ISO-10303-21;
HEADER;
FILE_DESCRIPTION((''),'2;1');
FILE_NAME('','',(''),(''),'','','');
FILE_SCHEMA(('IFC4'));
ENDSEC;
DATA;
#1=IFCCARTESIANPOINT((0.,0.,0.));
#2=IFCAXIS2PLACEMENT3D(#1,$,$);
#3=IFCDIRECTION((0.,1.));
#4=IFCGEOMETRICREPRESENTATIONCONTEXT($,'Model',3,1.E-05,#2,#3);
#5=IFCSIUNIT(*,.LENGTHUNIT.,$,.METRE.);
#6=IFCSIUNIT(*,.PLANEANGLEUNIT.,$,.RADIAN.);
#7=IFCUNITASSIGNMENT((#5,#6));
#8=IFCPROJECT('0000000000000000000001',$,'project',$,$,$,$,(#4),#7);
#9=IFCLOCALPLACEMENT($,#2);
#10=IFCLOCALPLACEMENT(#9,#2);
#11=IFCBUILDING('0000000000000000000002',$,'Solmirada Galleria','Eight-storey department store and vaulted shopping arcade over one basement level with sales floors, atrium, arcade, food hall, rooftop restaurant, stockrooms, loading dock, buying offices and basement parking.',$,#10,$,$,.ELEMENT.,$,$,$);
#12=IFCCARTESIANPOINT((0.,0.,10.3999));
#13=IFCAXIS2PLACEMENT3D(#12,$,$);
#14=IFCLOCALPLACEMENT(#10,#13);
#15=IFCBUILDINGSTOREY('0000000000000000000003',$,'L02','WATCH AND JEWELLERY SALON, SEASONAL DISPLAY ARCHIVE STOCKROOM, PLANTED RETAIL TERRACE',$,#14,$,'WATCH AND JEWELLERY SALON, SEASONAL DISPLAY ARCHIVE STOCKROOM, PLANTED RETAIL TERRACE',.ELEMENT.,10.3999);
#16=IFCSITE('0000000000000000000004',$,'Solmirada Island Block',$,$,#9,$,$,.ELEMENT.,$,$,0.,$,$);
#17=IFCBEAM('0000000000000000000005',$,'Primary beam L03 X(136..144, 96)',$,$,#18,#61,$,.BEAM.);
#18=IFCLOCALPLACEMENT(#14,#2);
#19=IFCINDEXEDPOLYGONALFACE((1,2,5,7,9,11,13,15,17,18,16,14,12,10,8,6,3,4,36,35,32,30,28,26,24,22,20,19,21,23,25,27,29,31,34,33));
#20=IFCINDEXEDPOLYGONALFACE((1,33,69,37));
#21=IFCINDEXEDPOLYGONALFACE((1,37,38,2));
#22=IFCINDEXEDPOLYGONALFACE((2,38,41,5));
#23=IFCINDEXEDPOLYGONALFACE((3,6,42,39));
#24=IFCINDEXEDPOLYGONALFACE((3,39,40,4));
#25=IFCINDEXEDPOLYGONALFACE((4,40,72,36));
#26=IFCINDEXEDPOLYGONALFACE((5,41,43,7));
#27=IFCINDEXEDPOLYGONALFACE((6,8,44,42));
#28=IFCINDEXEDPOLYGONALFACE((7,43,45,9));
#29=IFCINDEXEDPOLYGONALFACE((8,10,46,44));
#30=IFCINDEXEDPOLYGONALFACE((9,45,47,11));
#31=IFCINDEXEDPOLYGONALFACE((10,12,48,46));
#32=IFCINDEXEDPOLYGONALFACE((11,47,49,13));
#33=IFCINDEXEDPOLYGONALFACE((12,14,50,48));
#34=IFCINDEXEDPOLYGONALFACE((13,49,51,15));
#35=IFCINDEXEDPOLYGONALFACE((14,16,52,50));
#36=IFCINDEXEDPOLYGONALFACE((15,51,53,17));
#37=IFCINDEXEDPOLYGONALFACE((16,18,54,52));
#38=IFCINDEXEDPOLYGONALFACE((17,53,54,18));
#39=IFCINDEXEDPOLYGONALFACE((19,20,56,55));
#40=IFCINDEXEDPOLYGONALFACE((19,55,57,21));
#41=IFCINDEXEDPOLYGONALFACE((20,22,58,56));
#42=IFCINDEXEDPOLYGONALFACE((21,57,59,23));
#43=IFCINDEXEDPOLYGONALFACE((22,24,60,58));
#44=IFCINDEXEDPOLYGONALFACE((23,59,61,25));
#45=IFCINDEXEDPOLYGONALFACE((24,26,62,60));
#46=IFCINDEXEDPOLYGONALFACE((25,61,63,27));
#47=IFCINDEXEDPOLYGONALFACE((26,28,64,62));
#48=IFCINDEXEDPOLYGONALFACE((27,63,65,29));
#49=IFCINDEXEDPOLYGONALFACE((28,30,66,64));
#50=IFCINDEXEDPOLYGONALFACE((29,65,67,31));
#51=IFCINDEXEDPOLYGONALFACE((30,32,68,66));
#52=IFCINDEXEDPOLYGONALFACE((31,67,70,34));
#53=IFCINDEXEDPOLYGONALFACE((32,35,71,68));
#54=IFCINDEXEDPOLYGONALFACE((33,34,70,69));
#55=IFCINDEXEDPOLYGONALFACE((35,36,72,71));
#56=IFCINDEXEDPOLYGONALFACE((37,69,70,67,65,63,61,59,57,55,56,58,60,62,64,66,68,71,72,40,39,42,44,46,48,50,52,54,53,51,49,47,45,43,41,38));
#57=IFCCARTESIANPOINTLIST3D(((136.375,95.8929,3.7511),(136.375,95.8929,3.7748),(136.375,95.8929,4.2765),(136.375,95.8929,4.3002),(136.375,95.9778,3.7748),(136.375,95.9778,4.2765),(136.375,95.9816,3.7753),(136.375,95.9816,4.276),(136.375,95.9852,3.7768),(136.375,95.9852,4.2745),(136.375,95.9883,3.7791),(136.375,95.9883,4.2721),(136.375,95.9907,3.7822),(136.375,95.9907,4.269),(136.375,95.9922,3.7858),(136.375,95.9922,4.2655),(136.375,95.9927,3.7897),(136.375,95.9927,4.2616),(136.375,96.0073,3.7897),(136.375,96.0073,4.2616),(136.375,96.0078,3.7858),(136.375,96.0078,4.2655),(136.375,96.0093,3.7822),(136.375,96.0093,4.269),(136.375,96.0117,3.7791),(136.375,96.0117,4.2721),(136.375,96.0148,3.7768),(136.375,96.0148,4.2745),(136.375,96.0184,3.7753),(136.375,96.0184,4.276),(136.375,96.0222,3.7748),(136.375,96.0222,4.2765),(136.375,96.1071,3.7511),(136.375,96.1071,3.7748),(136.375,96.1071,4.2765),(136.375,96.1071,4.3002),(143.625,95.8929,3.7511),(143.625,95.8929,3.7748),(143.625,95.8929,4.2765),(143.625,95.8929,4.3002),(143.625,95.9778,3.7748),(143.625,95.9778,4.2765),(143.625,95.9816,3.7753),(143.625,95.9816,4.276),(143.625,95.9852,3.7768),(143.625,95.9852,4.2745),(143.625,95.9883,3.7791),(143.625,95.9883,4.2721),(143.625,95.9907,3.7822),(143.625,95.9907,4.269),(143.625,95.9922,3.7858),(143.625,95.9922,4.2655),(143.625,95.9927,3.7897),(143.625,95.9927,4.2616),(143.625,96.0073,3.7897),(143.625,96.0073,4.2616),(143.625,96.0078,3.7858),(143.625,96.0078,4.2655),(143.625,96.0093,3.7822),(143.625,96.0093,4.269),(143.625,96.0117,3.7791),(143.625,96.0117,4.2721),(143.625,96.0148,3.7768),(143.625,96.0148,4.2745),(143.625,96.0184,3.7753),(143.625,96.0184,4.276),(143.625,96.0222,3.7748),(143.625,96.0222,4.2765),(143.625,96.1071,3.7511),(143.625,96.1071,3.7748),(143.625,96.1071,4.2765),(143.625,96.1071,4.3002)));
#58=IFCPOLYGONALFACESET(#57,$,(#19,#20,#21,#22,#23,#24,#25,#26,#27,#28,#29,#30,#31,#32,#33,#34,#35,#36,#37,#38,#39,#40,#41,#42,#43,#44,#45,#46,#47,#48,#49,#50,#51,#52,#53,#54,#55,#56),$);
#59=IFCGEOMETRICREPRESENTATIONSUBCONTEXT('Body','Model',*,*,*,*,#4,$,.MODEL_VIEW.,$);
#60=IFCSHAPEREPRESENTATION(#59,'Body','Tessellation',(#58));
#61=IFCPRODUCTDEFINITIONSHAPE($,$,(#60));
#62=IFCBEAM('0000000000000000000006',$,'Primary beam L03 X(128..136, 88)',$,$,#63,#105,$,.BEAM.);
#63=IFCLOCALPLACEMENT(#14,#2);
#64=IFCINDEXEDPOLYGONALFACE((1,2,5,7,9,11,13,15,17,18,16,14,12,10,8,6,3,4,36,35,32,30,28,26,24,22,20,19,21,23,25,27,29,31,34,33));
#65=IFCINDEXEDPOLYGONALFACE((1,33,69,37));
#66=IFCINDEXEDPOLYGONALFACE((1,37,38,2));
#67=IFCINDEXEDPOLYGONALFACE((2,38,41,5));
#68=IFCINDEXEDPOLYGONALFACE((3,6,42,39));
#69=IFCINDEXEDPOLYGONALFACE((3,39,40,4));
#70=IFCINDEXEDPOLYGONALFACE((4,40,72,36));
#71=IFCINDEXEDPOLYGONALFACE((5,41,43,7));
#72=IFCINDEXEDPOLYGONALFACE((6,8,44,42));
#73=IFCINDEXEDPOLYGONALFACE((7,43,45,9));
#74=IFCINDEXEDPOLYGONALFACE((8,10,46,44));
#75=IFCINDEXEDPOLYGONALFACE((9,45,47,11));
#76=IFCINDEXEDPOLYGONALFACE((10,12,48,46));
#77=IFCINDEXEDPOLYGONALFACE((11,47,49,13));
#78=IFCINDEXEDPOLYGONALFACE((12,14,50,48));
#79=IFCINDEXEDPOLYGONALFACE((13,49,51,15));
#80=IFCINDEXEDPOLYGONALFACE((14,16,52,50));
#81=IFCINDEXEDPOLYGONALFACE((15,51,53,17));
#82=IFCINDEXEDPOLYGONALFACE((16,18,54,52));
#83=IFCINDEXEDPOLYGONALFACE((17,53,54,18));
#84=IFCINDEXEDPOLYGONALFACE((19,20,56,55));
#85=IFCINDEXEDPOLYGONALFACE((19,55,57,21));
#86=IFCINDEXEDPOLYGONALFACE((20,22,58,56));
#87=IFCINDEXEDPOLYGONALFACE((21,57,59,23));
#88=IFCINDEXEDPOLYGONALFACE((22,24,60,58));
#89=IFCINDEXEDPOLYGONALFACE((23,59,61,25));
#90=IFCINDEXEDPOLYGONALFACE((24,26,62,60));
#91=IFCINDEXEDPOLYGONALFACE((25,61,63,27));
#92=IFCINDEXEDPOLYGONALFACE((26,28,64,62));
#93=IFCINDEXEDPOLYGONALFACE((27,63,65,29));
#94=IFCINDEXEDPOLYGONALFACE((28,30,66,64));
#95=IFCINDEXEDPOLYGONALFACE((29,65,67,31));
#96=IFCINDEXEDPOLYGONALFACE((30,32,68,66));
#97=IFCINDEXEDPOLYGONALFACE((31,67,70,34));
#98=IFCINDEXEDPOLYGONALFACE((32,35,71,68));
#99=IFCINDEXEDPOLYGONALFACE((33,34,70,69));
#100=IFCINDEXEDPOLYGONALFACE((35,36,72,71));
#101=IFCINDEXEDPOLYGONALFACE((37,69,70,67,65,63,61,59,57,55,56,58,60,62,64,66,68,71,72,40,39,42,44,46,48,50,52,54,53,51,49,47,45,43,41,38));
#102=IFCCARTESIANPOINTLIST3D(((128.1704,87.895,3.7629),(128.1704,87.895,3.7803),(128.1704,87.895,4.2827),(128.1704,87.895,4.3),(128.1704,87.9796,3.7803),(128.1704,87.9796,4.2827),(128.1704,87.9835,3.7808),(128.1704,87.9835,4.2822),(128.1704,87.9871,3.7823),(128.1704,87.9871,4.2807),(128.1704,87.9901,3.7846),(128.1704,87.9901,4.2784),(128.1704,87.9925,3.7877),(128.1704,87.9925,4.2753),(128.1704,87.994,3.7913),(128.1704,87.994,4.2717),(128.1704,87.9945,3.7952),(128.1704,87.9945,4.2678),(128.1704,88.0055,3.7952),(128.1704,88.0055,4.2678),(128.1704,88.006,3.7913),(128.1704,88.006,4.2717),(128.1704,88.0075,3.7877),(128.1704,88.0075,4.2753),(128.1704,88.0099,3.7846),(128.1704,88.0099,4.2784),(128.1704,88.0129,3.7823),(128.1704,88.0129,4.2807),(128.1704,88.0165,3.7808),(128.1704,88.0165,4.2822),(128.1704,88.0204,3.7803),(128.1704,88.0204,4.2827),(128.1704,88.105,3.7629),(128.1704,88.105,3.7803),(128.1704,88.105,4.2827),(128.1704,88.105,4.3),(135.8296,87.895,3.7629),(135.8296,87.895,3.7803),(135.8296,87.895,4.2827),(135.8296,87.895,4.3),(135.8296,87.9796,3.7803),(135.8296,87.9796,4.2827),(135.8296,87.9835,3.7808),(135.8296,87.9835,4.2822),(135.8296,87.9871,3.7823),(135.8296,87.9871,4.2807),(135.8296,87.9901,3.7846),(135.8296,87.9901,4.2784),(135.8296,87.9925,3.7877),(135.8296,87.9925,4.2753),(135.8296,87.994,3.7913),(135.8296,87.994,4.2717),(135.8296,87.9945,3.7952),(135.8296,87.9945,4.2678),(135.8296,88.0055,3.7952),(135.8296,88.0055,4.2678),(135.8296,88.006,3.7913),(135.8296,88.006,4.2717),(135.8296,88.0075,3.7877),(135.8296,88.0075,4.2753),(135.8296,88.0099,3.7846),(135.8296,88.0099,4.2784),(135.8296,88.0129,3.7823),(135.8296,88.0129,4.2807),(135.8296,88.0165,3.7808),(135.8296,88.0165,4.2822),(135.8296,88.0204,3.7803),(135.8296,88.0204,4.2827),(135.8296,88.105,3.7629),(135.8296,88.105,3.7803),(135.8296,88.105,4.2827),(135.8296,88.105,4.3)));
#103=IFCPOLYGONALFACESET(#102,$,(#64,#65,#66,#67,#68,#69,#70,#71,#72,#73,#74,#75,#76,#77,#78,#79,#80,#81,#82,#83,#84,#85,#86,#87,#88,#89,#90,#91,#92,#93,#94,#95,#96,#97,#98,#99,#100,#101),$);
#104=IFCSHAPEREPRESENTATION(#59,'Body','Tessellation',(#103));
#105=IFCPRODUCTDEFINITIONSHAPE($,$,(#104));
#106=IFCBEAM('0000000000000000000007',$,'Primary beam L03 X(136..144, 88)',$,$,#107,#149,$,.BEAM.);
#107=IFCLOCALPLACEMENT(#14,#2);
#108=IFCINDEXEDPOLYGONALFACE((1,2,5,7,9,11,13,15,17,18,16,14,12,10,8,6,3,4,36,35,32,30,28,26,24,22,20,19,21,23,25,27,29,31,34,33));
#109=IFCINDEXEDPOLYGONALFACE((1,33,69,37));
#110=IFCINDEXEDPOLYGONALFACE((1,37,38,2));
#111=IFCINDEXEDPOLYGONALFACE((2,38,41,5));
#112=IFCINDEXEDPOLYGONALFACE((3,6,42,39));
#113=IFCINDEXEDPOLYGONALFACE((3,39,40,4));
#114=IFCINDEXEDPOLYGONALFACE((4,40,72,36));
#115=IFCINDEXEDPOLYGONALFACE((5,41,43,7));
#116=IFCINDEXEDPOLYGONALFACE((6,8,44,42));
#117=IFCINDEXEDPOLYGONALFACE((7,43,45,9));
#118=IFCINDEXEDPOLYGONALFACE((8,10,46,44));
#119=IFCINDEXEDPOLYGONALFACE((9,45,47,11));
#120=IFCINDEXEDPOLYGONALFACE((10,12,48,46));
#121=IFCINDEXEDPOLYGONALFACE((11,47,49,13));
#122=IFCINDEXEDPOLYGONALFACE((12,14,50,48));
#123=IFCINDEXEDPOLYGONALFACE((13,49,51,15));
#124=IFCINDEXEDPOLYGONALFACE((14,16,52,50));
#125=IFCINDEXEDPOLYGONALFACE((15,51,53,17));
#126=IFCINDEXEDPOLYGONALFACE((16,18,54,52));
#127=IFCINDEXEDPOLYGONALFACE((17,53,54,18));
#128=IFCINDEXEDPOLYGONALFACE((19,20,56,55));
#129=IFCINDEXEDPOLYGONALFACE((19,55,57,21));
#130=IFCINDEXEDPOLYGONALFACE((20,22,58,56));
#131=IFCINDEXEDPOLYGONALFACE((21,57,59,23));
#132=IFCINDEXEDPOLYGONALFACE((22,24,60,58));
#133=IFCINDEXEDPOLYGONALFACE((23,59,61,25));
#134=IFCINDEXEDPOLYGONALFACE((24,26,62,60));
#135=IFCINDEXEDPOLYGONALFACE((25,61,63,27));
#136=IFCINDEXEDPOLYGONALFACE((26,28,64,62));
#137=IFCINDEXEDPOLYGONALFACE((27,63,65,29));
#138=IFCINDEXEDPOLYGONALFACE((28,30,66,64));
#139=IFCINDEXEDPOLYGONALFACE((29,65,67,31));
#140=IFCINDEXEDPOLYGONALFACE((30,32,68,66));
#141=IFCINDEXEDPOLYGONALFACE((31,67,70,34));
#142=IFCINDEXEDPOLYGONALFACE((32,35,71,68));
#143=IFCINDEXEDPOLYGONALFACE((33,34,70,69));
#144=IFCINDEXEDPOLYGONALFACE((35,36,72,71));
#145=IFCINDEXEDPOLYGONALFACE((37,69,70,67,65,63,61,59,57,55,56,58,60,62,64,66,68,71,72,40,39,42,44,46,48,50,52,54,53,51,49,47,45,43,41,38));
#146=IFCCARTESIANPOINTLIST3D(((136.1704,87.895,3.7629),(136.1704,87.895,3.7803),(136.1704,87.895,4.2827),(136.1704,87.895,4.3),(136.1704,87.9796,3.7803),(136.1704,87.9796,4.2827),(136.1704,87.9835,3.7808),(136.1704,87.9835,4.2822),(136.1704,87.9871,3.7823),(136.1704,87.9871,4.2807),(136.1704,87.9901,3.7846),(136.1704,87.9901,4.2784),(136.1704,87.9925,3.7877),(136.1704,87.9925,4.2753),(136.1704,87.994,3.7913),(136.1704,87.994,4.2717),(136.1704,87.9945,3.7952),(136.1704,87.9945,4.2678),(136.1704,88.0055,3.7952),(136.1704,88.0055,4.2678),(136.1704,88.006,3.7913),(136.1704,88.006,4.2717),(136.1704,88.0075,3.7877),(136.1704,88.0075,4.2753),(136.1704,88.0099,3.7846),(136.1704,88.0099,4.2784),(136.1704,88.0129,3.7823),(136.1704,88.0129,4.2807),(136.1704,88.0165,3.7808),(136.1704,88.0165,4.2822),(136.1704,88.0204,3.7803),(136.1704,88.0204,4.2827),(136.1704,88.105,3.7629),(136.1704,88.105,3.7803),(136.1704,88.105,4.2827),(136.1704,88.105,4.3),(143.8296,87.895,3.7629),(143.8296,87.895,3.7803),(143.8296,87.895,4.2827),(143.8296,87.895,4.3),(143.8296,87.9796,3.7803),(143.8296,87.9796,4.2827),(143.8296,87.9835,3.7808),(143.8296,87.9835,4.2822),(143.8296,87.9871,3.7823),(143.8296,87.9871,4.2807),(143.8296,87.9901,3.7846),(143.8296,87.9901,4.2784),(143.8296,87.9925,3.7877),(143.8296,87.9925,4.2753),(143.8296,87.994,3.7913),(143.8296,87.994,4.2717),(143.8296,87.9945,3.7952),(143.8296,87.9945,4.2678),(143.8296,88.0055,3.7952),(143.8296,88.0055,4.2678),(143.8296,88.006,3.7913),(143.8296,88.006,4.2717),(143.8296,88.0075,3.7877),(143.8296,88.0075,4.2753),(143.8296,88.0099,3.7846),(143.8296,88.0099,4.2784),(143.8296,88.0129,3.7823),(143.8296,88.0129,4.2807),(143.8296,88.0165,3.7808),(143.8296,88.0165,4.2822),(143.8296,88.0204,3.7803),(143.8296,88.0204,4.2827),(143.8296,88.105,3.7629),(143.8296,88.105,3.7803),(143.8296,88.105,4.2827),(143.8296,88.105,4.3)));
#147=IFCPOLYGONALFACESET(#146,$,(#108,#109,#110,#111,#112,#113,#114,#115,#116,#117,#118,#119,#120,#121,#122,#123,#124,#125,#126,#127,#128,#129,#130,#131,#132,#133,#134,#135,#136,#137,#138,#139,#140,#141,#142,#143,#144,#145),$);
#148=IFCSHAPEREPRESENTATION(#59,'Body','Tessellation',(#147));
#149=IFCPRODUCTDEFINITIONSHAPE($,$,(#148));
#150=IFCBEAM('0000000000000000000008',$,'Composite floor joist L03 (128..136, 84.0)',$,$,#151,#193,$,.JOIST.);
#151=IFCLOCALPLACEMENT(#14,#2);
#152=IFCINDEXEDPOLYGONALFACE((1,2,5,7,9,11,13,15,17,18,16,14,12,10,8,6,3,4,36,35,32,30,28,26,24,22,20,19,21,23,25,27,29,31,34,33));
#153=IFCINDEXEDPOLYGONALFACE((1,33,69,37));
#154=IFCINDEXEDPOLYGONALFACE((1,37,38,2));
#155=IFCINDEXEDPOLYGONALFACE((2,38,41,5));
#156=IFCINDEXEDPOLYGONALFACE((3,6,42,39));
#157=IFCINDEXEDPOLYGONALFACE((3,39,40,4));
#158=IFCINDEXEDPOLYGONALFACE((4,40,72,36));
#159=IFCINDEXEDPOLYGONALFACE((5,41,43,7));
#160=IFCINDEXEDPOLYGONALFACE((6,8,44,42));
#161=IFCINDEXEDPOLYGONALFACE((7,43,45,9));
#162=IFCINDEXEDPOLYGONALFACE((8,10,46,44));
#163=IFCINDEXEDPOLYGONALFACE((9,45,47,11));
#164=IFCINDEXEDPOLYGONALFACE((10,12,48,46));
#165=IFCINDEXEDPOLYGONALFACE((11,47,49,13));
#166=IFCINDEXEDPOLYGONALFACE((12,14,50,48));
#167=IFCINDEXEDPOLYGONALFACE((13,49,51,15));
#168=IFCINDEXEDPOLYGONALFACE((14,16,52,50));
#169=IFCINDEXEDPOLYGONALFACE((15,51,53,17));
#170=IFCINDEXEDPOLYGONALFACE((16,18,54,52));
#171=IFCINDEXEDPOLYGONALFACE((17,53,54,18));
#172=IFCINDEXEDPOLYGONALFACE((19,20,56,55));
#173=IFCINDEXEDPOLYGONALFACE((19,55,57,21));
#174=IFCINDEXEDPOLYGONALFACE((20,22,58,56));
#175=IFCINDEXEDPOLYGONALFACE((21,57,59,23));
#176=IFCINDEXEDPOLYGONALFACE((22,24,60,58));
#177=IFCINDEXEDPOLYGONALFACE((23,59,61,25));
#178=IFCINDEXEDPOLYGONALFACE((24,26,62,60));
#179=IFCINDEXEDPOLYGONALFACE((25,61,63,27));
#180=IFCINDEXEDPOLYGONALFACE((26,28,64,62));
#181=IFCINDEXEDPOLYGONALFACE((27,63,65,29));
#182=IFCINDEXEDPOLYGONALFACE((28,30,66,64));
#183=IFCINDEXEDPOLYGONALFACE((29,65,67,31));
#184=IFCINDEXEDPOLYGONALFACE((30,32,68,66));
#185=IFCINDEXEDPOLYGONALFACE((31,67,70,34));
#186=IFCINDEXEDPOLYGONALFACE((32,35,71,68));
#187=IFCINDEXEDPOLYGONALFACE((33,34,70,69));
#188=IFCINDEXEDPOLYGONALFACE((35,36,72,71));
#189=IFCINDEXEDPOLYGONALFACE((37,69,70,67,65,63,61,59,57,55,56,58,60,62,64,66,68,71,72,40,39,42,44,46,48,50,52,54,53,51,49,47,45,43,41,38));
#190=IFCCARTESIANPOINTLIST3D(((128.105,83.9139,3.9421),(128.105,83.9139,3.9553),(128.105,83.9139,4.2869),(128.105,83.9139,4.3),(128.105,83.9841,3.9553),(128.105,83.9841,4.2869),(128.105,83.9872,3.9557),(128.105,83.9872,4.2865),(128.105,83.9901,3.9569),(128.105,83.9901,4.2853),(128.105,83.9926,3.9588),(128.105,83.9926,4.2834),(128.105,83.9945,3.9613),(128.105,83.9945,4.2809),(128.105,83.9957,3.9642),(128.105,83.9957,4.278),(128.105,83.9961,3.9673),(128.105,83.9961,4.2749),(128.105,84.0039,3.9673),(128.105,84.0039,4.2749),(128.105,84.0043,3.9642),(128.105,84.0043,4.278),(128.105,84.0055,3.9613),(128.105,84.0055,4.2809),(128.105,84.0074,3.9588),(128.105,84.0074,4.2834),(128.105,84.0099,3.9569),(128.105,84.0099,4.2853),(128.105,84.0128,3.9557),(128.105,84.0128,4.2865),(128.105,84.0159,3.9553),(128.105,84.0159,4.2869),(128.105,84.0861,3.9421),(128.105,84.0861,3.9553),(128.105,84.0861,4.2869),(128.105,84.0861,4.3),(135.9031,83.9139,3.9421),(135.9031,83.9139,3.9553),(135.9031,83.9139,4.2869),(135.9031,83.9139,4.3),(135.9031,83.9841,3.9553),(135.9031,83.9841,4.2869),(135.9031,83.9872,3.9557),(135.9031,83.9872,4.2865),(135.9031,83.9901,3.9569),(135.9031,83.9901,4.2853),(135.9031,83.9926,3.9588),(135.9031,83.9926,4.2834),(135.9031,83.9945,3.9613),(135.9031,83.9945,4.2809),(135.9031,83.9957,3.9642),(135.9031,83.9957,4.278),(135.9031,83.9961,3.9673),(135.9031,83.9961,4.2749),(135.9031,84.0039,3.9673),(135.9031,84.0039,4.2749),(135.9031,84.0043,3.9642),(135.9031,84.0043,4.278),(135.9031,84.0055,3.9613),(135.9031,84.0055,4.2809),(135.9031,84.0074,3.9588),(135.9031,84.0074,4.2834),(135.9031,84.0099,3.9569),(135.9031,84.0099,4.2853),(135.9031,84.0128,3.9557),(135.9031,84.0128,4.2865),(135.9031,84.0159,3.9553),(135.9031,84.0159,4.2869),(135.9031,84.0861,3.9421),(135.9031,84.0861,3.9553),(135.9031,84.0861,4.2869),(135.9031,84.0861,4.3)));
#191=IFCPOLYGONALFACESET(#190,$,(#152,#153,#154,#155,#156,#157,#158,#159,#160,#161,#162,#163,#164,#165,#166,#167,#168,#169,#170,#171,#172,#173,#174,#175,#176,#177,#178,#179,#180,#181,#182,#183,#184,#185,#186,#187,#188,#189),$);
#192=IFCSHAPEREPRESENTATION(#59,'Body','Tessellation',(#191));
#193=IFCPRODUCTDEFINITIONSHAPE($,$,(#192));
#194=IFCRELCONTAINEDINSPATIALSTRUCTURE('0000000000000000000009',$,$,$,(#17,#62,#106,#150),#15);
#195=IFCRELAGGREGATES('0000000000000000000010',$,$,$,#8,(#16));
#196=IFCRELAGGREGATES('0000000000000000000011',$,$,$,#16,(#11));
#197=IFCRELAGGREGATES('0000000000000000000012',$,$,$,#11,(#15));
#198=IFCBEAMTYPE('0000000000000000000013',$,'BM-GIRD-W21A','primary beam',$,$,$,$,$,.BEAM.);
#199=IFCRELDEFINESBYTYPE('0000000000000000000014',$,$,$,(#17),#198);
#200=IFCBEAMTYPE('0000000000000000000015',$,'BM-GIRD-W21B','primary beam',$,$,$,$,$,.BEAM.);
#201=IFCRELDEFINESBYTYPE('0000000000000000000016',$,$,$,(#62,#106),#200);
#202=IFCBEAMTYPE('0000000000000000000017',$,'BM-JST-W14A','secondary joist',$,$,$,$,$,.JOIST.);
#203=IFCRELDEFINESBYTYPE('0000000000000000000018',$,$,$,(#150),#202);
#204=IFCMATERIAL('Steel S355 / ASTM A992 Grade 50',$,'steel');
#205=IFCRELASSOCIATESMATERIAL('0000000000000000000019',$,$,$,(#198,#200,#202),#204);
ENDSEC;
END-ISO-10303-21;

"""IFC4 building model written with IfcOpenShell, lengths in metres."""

from ifc_helpers import new_model, si_unit, direction, frame, origin, origin_2d, place, context, subcontext, project, spatial, i_section, extrude, material, material_profile, profile_set, type_object, element, save


model = new_model("IFC4")

# Units and contexts
model_context = context("Model", 3, precision=1e-05, world=origin(), true_north=direction((0.0, 1.0)))
body_context = subcontext(model_context, "Body", "Model", "MODEL_VIEW")
ifc_project = project(units=[si_unit("LENGTHUNIT", "METRE"), si_unit("PLANEANGLEUNIT", "RADIAN")], contexts=[model_context])

# Site, building, storey
site_placement = place(None, origin())
site = spatial("IfcSite", under=ifc_project, at=site_placement, Name="Solmirada Island Block", CompositionType="ELEMENT", RefElevation=0.0)
building_placement = place(site_placement, origin())
building = spatial("IfcBuilding", under=site, at=building_placement, Name="Solmirada Galleria", Description="Eight-storey department store and vaulted shopping arcade over one basement level with sales floors, atrium, arcade, food hall, rooftop restaurant, stockrooms, loading dock, buying offices and basement parking.", CompositionType="ELEMENT")
storey_placement = place(building_placement, frame((0.0, 0.0, 10.3999)))
storey = spatial("IfcBuildingStorey", under=building, at=storey_placement, Name="L02", Description="WATCH AND JEWELLERY SALON, SEASONAL DISPLAY ARCHIVE STOCKROOM, PLANTED RETAIL TERRACE", LongName="WATCH AND JEWELLERY SALON, SEASONAL DISPLAY ARCHIVE STOCKROOM, PLANTED RETAIL TERRACE", CompositionType="ELEMENT", Elevation=10.3999)

# Beams
ifc_material_1 = material(Name="Steel S355 / ASTM A992 Grade 50", Category="steel")
ifc_material_profile_1 = material_profile(ifc_material_1, i_section(OverallWidth=0.2141, OverallDepth=0.5491, WebThickness=0.0146, FlangeThickness=0.0237, FilletRadius=0.0149, at=origin_2d()), Name="W21X93")
ifc_profile_set_1 = profile_set([ifc_material_profile_1], Name="Steel S355 / ASTM A992 Grade 50")
beam_type_1 = type_object("IfcBeamType", Name="BM-GIRD-W21A", Description="primary beam", PredefinedType="BEAM", material=ifc_profile_set_1)
beam_1_placement = place(storey_placement, frame((136.375, 96.0, 4.0256), z_axis=(1.0, 0.0, 0.0), x_axis=(0.0, 1.0, 0.0)))
element("IfcBeam", 1, at=beam_1_placement, inside=storey, type_object=beam_type_1, Name="Primary beam L03 X(136..144, 96)", PredefinedType="BEAM", context=body_context, shape_type="SweptSolid", body=[
    extrude(i_section(OverallWidth=0.2141, OverallDepth=0.5491, WebThickness=0.0146, FlangeThickness=0.0237, FilletRadius=0.0149, at=origin_2d()), origin(), (0.0, 0.0, 1.0), 7.25),
])
ifc_material_profile_2 = material_profile(ifc_material_1, i_section(OverallWidth=0.21, OverallDepth=0.5371, WebThickness=0.011, FlangeThickness=0.0173, FilletRadius=0.0149, at=origin_2d()), Name="W21X68")
ifc_profile_set_2 = profile_set([ifc_material_profile_2], Name="Steel S355 / ASTM A992 Grade 50")
beam_type_2 = type_object("IfcBeamType", Name="BM-GIRD-W21B", Description="primary beam", PredefinedType="BEAM", material=ifc_profile_set_2)
for number, where, z_axis, x_axis, name in (
    (2, (128.1704, 88.0, 4.0315), (1.0, 0.0, 0.0), (0.0, 1.0, 0.0), "Primary beam L03 X(128..136, 88)"),
    (3, (136.1704, 88.0, 4.0315), (1.0, 0.0, 0.0), (0.0, 1.0, 0.0), "Primary beam L03 X(136..144, 88)"),
):
    element("IfcBeam", number, at=place(storey_placement, frame(where, z_axis=z_axis, x_axis=x_axis)), inside=storey, type_object=beam_type_2, Name=name, PredefinedType="BEAM", context=body_context, shape_type="SweptSolid", body=[
        extrude(i_section(OverallWidth=0.21, OverallDepth=0.5371, WebThickness=0.011, FlangeThickness=0.0173, FilletRadius=0.0149, at=origin_2d()), origin(), (0.0, 0.0, 1.0), 7.6592),
    ])
ifc_material_profile_3 = material_profile(ifc_material_1, i_section(OverallWidth=0.1721, OverallDepth=0.3579, WebThickness=0.0078, FlangeThickness=0.0132, FilletRadius=0.012, at=origin_2d()), Name="W14X38")
ifc_profile_set_3 = profile_set([ifc_material_profile_3], Name="Steel S355 / ASTM A992 Grade 50")
beam_type_3 = type_object("IfcBeamType", Name="BM-JST-W14A", Description="secondary joist", PredefinedType="JOIST", material=ifc_profile_set_3)
for number, where, z_axis, x_axis, name in (
    (4, (128.105, 84.0, 4.1211), (1.0, 0.0, 0.0), (0.0, 1.0, 0.0), "Composite floor joist L03 (128..136, 84.0)"),
):
    element("IfcBeam", number, at=place(storey_placement, frame(where, z_axis=z_axis, x_axis=x_axis)), inside=storey, type_object=beam_type_3, Name=name, PredefinedType="JOIST", context=body_context, shape_type="SweptSolid", body=[
        extrude(i_section(OverallWidth=0.1721, OverallDepth=0.3579, WebThickness=0.0078, FlangeThickness=0.0132, FilletRadius=0.012, at=origin_2d()), origin(), (0.0, 0.0, 1.0), 7.7981),
    ])

save(model, "model.ifc")
